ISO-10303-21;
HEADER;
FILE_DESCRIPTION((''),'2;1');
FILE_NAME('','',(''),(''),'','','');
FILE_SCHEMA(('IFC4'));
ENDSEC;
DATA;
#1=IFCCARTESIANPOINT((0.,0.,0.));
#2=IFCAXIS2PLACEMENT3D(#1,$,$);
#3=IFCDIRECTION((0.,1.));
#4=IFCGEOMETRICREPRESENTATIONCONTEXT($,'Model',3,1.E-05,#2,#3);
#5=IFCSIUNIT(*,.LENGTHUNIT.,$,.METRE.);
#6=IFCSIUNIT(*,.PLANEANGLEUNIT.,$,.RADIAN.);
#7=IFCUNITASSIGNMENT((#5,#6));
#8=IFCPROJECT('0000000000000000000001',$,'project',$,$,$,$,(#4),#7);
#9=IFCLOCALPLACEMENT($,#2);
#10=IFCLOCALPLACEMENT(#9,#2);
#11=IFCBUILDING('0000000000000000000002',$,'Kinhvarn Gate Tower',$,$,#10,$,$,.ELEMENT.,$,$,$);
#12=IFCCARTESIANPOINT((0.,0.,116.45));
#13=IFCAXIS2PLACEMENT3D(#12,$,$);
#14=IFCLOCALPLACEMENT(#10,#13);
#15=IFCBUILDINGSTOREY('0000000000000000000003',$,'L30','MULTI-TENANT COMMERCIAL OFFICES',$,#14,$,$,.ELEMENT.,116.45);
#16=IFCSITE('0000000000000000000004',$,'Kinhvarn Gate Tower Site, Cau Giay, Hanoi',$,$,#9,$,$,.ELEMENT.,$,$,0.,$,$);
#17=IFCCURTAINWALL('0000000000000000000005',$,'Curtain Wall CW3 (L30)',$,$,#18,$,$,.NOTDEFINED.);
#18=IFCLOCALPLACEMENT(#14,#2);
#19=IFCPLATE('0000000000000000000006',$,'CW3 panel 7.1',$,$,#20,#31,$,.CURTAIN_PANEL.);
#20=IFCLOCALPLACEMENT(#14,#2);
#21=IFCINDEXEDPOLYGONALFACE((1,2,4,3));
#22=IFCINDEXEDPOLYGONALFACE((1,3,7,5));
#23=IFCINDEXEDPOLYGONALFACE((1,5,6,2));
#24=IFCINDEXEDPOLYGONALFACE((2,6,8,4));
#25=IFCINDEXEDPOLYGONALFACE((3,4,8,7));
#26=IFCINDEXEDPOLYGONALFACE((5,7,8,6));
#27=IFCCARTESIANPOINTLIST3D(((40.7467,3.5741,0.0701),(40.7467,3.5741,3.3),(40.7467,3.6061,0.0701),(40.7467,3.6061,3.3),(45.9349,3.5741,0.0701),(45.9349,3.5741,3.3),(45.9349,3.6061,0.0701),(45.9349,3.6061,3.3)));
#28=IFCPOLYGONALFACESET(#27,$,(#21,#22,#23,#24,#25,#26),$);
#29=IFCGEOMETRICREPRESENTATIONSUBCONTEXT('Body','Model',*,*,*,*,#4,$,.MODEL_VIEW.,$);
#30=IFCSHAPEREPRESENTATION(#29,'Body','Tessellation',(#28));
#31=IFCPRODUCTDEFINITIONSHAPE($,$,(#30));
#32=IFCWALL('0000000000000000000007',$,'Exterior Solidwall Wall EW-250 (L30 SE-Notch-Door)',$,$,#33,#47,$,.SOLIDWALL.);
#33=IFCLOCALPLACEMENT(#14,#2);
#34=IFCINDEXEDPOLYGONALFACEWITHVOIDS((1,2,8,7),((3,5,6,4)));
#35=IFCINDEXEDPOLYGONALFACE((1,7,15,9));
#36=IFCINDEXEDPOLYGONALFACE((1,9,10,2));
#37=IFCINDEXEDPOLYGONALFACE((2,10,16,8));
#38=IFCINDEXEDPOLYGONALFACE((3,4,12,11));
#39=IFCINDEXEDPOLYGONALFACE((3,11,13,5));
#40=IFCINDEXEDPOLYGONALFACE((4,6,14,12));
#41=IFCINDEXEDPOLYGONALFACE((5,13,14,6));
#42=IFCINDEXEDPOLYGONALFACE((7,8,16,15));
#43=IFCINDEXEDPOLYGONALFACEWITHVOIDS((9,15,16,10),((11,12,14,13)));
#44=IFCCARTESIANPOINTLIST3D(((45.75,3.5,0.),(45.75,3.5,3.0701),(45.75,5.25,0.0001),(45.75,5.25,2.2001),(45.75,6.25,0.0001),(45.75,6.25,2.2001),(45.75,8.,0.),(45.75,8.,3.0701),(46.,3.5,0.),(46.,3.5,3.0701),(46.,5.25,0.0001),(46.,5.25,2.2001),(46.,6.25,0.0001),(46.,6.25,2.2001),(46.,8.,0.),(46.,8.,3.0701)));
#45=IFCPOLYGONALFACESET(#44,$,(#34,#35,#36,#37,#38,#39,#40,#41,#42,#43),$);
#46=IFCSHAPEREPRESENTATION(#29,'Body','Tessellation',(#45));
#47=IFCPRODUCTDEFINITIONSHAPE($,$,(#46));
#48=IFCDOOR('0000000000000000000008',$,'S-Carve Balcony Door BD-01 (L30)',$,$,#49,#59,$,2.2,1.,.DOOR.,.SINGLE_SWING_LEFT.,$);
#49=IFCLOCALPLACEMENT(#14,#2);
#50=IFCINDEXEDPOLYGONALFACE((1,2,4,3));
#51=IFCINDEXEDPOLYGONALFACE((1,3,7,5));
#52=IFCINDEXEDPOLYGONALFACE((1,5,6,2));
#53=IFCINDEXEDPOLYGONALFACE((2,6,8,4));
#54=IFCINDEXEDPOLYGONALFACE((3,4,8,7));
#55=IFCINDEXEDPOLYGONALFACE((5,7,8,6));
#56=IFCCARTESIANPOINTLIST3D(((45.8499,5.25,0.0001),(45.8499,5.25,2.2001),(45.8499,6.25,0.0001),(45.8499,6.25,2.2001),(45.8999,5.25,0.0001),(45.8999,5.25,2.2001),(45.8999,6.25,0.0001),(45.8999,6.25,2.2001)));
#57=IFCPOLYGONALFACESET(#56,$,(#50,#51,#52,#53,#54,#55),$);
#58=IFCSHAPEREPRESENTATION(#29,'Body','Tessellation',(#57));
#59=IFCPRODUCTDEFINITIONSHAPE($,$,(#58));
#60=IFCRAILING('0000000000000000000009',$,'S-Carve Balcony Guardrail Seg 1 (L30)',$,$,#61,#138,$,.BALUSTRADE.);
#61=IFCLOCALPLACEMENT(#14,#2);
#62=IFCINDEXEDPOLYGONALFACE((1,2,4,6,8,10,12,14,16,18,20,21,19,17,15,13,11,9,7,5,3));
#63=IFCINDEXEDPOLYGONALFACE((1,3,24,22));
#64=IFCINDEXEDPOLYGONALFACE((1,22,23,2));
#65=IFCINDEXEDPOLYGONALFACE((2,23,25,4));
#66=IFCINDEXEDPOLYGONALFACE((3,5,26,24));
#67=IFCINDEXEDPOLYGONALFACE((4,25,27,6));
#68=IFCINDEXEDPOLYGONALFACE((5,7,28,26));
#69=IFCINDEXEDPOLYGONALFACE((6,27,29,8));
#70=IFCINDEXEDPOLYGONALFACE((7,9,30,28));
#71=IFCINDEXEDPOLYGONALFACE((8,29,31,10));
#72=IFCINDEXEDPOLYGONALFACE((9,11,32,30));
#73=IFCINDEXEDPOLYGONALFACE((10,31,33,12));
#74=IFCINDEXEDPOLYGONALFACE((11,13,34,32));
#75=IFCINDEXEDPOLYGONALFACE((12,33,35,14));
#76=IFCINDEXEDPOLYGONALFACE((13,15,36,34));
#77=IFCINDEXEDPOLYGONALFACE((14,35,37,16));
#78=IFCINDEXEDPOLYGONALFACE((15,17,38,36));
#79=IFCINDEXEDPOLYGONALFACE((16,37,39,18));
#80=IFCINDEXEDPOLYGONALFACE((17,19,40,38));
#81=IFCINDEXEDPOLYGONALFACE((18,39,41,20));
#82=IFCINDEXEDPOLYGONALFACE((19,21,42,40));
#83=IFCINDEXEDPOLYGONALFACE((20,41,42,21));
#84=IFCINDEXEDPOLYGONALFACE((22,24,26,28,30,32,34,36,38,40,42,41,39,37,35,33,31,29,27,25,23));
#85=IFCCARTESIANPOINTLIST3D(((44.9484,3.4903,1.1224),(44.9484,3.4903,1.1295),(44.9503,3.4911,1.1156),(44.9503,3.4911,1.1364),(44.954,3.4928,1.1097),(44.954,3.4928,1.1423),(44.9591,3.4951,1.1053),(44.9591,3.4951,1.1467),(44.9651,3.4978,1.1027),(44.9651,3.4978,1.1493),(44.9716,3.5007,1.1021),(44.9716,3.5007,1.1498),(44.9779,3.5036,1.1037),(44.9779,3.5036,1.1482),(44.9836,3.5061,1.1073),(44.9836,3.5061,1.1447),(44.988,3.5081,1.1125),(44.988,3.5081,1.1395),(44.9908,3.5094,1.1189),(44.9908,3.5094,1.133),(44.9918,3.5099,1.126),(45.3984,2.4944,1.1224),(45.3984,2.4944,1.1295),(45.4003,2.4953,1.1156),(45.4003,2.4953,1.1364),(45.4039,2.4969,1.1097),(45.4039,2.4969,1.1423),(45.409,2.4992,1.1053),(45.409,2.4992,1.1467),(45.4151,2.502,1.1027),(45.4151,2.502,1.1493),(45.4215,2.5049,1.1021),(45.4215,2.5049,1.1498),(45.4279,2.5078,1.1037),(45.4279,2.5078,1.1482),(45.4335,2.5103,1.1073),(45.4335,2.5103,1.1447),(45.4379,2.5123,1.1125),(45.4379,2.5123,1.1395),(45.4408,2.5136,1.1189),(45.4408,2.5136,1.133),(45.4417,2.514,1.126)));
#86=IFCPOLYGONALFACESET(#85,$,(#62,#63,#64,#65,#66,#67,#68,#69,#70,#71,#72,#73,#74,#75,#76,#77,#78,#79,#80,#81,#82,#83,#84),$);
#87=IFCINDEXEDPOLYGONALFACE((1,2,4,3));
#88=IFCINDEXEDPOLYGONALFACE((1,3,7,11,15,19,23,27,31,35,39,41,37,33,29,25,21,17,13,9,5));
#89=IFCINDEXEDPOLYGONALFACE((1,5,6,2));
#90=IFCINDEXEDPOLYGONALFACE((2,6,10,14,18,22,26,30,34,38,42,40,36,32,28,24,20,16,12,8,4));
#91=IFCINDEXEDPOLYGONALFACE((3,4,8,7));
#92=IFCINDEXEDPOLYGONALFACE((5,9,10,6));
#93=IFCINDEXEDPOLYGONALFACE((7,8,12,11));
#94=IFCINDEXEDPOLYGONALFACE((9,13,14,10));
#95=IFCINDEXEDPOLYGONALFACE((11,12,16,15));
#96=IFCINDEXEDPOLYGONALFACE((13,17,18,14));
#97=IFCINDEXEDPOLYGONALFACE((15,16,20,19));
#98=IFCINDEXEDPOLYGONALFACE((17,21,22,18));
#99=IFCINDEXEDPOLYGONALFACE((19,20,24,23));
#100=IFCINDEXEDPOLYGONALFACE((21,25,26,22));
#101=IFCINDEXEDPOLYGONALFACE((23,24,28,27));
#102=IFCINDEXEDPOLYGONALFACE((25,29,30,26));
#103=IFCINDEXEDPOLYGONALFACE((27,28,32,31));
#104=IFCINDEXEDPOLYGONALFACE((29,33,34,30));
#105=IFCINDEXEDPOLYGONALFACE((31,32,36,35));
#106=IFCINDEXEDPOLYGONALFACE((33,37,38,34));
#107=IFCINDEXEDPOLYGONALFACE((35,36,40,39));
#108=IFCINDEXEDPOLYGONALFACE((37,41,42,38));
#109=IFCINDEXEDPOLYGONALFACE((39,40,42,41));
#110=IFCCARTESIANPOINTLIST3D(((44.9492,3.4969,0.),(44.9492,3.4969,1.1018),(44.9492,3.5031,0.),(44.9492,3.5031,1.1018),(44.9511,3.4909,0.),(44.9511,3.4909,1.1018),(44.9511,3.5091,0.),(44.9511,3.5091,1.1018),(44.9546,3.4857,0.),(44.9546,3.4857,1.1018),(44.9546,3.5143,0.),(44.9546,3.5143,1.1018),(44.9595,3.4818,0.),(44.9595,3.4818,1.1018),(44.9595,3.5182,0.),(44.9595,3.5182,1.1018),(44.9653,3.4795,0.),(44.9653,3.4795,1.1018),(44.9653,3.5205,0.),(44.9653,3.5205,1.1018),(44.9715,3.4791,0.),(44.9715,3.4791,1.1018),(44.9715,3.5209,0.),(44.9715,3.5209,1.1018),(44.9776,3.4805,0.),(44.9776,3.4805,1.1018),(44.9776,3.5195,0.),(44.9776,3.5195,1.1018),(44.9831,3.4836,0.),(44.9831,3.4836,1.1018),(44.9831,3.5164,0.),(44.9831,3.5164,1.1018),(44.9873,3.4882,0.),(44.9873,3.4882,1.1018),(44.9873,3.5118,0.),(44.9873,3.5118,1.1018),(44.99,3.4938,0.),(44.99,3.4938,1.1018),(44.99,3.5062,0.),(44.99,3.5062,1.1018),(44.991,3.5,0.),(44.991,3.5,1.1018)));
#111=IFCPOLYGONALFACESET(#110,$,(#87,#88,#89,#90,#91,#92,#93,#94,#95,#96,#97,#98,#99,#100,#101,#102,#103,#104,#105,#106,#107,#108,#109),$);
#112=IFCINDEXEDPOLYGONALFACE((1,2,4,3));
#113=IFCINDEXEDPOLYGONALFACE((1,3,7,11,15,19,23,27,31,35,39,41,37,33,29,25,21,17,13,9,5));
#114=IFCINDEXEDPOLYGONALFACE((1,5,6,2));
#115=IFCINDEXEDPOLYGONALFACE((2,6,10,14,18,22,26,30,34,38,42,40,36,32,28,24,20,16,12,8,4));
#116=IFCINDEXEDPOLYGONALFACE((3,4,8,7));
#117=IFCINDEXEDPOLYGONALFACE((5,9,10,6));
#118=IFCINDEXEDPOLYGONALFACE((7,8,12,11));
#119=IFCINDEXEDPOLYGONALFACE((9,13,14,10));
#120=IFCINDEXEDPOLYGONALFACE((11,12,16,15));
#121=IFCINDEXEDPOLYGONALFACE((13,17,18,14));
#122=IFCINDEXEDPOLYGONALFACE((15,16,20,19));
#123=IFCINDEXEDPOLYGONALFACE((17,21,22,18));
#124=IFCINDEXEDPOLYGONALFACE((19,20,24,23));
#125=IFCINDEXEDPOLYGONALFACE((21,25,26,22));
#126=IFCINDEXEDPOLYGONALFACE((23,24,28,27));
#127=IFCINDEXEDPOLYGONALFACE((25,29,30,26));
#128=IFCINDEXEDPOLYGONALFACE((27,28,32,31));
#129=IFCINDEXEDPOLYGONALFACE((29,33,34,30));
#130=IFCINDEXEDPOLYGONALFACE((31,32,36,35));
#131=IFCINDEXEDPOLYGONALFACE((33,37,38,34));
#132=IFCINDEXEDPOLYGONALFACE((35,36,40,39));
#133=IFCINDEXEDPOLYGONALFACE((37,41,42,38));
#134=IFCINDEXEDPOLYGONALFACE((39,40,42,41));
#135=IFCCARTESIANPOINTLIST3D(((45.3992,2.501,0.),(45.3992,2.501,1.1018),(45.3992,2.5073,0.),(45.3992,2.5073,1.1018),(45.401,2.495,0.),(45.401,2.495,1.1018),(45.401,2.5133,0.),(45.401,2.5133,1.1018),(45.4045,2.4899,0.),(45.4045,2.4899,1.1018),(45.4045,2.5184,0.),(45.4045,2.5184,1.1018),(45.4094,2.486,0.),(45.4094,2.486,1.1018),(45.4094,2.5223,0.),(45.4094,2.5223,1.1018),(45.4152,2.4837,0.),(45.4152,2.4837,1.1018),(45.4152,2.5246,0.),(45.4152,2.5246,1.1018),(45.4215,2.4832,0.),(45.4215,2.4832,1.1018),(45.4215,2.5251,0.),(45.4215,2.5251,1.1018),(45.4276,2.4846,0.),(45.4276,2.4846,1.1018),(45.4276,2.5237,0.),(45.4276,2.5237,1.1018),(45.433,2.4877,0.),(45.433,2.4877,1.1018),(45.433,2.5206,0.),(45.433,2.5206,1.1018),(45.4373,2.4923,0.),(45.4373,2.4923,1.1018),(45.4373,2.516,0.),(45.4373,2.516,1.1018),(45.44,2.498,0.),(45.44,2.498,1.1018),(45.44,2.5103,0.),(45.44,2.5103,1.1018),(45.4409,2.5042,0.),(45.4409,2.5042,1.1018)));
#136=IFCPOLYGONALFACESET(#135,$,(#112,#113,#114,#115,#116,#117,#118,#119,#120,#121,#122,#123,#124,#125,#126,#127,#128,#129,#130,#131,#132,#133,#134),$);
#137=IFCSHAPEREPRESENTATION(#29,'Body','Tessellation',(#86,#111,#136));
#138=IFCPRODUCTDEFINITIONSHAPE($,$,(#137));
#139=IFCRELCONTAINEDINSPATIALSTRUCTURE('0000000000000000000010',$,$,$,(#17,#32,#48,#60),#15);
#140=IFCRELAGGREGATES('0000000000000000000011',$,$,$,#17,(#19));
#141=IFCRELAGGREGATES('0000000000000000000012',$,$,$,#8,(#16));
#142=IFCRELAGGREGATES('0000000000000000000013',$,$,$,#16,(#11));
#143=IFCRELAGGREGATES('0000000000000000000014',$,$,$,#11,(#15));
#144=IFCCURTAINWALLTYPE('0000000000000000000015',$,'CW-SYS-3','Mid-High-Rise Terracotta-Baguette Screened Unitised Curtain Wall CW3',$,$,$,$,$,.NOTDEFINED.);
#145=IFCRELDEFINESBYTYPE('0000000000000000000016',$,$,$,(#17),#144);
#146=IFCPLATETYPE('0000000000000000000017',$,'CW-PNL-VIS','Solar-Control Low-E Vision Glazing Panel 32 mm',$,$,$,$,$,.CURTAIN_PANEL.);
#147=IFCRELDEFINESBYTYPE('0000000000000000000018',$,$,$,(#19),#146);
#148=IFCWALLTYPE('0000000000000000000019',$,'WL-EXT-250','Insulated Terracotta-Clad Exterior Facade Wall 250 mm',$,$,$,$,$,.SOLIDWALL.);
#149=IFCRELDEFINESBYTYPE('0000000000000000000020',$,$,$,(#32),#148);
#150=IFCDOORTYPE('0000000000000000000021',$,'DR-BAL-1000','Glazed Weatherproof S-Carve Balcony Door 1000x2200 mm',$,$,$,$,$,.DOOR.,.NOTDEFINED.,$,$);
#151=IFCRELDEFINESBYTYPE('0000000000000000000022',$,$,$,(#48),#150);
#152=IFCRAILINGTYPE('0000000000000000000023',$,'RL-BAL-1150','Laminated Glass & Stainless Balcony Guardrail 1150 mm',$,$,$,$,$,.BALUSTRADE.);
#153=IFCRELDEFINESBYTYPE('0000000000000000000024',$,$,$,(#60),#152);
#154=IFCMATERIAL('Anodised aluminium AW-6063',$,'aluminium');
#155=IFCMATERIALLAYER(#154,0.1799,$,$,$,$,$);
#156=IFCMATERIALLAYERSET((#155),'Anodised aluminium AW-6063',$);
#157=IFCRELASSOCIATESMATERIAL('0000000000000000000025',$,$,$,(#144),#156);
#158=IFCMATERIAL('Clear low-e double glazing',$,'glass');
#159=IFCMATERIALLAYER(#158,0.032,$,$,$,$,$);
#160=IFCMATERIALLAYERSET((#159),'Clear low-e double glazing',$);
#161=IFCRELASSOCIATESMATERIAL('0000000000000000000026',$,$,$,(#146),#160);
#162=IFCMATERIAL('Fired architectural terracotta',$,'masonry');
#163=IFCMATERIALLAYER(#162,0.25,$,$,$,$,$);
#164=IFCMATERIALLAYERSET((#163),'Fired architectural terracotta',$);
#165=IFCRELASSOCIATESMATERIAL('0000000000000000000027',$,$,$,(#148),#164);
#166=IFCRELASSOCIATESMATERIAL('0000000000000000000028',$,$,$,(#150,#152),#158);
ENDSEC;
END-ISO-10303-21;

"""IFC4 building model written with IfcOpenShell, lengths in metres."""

from ifc_helpers import new_model, si_unit, direction, frame, frame_2d, origin, origin_2d, place, context, subcontext, project, spatial, rectangle, circle, extrude, material, layer, layer_set, type_object, element, fill, aggregate, save


model = new_model("IFC4")

# Units and contexts
model_context = context("Model", 3, precision=1e-05, world=origin(), true_north=direction((0.0, 1.0)))
body_context = subcontext(model_context, "Body", "Model", "MODEL_VIEW")
ifc_project = project(units=[si_unit("LENGTHUNIT", "METRE"), si_unit("PLANEANGLEUNIT", "RADIAN")], contexts=[model_context])

# Site, building, storey
site_placement = place(None, origin())
site = spatial("IfcSite", under=ifc_project, at=site_placement, Name="Kinhvarn Gate Tower Site, Cau Giay, Hanoi", CompositionType="ELEMENT", RefElevation=0.0)
building_placement = place(site_placement, origin())
building = spatial("IfcBuilding", under=site, at=building_placement, Name="Kinhvarn Gate Tower", CompositionType="ELEMENT")
storey_placement = place(building_placement, frame((0.0, 0.0, 116.45)))
storey = spatial("IfcBuildingStorey", under=building, at=storey_placement, Name="L30", Description="MULTI-TENANT COMMERCIAL OFFICES", CompositionType="ELEMENT", Elevation=116.45)

# Curtain wall
ifc_material_1 = material(Name="Anodised aluminium AW-6063", Category="aluminium")
ifc_layer_1 = layer(ifc_material_1, 0.1799)
ifc_layer_set_1 = layer_set([ifc_layer_1], Name="Anodised aluminium AW-6063")
curtain_wall_type = type_object("IfcCurtainWallType", Name="CW-SYS-3", Description="Mid-High-Rise Terracotta-Baguette Screened Unitised Curtain Wall CW3", PredefinedType="NOTDEFINED", material=ifc_layer_set_1)
curtain_wall_1_placement = place(storey_placement, origin())
curtain_wall_1 = element("IfcCurtainWall", 1, at=curtain_wall_1_placement, inside=storey, type_object=curtain_wall_type, Name="Curtain Wall CW3 (L30)", PredefinedType="NOTDEFINED")

# Plate
ifc_material_2 = material(Name="Clear low-e double glazing", Category="glass")
ifc_layer_2 = layer(ifc_material_2, 0.032)
ifc_layer_set_2 = layer_set([ifc_layer_2], Name="Clear low-e double glazing")
plate_type = type_object("IfcPlateType", Name="CW-PNL-VIS", Description="Solar-Control Low-E Vision Glazing Panel 32 mm", PredefinedType="CURTAIN_PANEL", material=ifc_layer_set_2)
plate_placement = place(storey_placement, frame((43.3408, 3.5901, 0.0701), z_axis=(0.0, 0.0, 1.0), x_axis=(1.0, 0.0, 0.0)))
plate = element("IfcPlate", 2, at=plate_placement, type_object=plate_type, Name="CW3 panel 7.1", PredefinedType="CURTAIN_PANEL", context=body_context, shape_type="SweptSolid", body=[
    extrude(rectangle(XDim=5.1882, YDim=0.032, at=origin_2d()), origin(), (0.0, 0.0, 1.0), 3.23),
])
aggregate(curtain_wall_1, [plate])

# Wall, opening, door
ifc_material_3 = material(Name="Fired architectural terracotta", Category="masonry")
ifc_layer_3 = layer(ifc_material_3, 0.25)
ifc_layer_set_3 = layer_set([ifc_layer_3], Name="Fired architectural terracotta")
wall_type = type_object("IfcWallType", Name="WL-EXT-250", Description="Insulated Terracotta-Clad Exterior Facade Wall 250 mm", PredefinedType="SOLIDWALL", material=ifc_layer_set_3)
wall_placement = place(storey_placement, frame((45.875, 3.5, 0.0), z_axis=(0.0, 0.0, 1.0), x_axis=(0.0, 1.0, 0.0)))
wall = element("IfcWall", 3, at=wall_placement, inside=storey, type_object=wall_type, Name="Exterior Solidwall Wall EW-250 (L30 SE-Notch-Door)", PredefinedType="SOLIDWALL", context=body_context, shape_type="SweptSolid", body=[
    extrude(rectangle(XDim=4.5, YDim=0.25, at=frame_2d((2.25, 0.0))), origin(), (0.0, 0.0, 1.0), 3.0701),
])
opening_placement = place(wall_placement, frame((1.75, 0.0, 0.0)))
opening = element("IfcOpeningElement", 4, at=opening_placement, cuts=wall, PredefinedType="OPENING", context=body_context, shape_type="SweptSolid", body=[
    extrude(rectangle(XDim=1.0, YDim=2.2, at=frame_2d((0.5, 1.1001))), frame((0.0, 0.135, 0.0), z_axis=(0.0, -1.0, 0.0), x_axis=(1.0, 0.0, 0.0)), (0.0, 0.0, 1.0), 0.27),
])
door_type = type_object("IfcDoorType", Name="DR-BAL-1000", Description="Glazed Weatherproof S-Carve Balcony Door 1000x2200 mm", OperationType="NOTDEFINED", PredefinedType="DOOR", material=ifc_material_2)
door_placement = place(opening_placement, frame((1.0, 0.0, 0.0), z_axis=(0.0, 0.0, 1.0), x_axis=(-1.0, 0.0, 0.0)))
door = element("IfcDoor", 5, at=door_placement, inside=storey, type_object=door_type, Name="S-Carve Balcony Door BD-01 (L30)", OperationType="SINGLE_SWING_LEFT", OverallHeight=2.2, OverallWidth=1.0, PredefinedType="DOOR", context=body_context, shape_type="SweptSolid", body=[
    extrude(rectangle(XDim=1.0, YDim=2.2, at=frame_2d((0.5, 1.1001))), frame((0.0, 0.0249, 0.0), z_axis=(0.0, -1.0, 0.0), x_axis=(1.0, 0.0, 0.0)), (0.0, 0.0, 1.0), 0.05),
])
fill(opening, door)

# Railing
railing_type = type_object("IfcRailingType", Name="RL-BAL-1150", Description="Laminated Glass & Stainless Balcony Guardrail 1150 mm", PredefinedType="BALUSTRADE", material=ifc_material_2)
railing_1_placement = place(storey_placement, frame((44.97, 3.5, 0.0)))
element("IfcRailing", 6, at=railing_1_placement, inside=storey, type_object=railing_type, Name="S-Carve Balcony Guardrail Seg 1 (L30)", PredefinedType="BALUSTRADE", context=body_context, shape_type="SweptSolid", body=[
    extrude(circle(Radius=0.0239, at=origin_2d()), frame((0.0, 0.0, 1.126), z_axis=(0.411748, -0.911298, 0.0), x_axis=(0.911298, 0.411748, 0.0)), (0.0, 0.0, 1.0), 1.0928),
    extrude(circle(Radius=0.021, at=origin_2d()), origin(), (0.0, 0.0, 1.0), 1.1018),
    extrude(circle(Radius=0.021, at=origin_2d()), frame((0.45, -0.9958, 0.0)), (0.0, 0.0, 1.0), 1.1018),
])

save(model, "model.ifc")
